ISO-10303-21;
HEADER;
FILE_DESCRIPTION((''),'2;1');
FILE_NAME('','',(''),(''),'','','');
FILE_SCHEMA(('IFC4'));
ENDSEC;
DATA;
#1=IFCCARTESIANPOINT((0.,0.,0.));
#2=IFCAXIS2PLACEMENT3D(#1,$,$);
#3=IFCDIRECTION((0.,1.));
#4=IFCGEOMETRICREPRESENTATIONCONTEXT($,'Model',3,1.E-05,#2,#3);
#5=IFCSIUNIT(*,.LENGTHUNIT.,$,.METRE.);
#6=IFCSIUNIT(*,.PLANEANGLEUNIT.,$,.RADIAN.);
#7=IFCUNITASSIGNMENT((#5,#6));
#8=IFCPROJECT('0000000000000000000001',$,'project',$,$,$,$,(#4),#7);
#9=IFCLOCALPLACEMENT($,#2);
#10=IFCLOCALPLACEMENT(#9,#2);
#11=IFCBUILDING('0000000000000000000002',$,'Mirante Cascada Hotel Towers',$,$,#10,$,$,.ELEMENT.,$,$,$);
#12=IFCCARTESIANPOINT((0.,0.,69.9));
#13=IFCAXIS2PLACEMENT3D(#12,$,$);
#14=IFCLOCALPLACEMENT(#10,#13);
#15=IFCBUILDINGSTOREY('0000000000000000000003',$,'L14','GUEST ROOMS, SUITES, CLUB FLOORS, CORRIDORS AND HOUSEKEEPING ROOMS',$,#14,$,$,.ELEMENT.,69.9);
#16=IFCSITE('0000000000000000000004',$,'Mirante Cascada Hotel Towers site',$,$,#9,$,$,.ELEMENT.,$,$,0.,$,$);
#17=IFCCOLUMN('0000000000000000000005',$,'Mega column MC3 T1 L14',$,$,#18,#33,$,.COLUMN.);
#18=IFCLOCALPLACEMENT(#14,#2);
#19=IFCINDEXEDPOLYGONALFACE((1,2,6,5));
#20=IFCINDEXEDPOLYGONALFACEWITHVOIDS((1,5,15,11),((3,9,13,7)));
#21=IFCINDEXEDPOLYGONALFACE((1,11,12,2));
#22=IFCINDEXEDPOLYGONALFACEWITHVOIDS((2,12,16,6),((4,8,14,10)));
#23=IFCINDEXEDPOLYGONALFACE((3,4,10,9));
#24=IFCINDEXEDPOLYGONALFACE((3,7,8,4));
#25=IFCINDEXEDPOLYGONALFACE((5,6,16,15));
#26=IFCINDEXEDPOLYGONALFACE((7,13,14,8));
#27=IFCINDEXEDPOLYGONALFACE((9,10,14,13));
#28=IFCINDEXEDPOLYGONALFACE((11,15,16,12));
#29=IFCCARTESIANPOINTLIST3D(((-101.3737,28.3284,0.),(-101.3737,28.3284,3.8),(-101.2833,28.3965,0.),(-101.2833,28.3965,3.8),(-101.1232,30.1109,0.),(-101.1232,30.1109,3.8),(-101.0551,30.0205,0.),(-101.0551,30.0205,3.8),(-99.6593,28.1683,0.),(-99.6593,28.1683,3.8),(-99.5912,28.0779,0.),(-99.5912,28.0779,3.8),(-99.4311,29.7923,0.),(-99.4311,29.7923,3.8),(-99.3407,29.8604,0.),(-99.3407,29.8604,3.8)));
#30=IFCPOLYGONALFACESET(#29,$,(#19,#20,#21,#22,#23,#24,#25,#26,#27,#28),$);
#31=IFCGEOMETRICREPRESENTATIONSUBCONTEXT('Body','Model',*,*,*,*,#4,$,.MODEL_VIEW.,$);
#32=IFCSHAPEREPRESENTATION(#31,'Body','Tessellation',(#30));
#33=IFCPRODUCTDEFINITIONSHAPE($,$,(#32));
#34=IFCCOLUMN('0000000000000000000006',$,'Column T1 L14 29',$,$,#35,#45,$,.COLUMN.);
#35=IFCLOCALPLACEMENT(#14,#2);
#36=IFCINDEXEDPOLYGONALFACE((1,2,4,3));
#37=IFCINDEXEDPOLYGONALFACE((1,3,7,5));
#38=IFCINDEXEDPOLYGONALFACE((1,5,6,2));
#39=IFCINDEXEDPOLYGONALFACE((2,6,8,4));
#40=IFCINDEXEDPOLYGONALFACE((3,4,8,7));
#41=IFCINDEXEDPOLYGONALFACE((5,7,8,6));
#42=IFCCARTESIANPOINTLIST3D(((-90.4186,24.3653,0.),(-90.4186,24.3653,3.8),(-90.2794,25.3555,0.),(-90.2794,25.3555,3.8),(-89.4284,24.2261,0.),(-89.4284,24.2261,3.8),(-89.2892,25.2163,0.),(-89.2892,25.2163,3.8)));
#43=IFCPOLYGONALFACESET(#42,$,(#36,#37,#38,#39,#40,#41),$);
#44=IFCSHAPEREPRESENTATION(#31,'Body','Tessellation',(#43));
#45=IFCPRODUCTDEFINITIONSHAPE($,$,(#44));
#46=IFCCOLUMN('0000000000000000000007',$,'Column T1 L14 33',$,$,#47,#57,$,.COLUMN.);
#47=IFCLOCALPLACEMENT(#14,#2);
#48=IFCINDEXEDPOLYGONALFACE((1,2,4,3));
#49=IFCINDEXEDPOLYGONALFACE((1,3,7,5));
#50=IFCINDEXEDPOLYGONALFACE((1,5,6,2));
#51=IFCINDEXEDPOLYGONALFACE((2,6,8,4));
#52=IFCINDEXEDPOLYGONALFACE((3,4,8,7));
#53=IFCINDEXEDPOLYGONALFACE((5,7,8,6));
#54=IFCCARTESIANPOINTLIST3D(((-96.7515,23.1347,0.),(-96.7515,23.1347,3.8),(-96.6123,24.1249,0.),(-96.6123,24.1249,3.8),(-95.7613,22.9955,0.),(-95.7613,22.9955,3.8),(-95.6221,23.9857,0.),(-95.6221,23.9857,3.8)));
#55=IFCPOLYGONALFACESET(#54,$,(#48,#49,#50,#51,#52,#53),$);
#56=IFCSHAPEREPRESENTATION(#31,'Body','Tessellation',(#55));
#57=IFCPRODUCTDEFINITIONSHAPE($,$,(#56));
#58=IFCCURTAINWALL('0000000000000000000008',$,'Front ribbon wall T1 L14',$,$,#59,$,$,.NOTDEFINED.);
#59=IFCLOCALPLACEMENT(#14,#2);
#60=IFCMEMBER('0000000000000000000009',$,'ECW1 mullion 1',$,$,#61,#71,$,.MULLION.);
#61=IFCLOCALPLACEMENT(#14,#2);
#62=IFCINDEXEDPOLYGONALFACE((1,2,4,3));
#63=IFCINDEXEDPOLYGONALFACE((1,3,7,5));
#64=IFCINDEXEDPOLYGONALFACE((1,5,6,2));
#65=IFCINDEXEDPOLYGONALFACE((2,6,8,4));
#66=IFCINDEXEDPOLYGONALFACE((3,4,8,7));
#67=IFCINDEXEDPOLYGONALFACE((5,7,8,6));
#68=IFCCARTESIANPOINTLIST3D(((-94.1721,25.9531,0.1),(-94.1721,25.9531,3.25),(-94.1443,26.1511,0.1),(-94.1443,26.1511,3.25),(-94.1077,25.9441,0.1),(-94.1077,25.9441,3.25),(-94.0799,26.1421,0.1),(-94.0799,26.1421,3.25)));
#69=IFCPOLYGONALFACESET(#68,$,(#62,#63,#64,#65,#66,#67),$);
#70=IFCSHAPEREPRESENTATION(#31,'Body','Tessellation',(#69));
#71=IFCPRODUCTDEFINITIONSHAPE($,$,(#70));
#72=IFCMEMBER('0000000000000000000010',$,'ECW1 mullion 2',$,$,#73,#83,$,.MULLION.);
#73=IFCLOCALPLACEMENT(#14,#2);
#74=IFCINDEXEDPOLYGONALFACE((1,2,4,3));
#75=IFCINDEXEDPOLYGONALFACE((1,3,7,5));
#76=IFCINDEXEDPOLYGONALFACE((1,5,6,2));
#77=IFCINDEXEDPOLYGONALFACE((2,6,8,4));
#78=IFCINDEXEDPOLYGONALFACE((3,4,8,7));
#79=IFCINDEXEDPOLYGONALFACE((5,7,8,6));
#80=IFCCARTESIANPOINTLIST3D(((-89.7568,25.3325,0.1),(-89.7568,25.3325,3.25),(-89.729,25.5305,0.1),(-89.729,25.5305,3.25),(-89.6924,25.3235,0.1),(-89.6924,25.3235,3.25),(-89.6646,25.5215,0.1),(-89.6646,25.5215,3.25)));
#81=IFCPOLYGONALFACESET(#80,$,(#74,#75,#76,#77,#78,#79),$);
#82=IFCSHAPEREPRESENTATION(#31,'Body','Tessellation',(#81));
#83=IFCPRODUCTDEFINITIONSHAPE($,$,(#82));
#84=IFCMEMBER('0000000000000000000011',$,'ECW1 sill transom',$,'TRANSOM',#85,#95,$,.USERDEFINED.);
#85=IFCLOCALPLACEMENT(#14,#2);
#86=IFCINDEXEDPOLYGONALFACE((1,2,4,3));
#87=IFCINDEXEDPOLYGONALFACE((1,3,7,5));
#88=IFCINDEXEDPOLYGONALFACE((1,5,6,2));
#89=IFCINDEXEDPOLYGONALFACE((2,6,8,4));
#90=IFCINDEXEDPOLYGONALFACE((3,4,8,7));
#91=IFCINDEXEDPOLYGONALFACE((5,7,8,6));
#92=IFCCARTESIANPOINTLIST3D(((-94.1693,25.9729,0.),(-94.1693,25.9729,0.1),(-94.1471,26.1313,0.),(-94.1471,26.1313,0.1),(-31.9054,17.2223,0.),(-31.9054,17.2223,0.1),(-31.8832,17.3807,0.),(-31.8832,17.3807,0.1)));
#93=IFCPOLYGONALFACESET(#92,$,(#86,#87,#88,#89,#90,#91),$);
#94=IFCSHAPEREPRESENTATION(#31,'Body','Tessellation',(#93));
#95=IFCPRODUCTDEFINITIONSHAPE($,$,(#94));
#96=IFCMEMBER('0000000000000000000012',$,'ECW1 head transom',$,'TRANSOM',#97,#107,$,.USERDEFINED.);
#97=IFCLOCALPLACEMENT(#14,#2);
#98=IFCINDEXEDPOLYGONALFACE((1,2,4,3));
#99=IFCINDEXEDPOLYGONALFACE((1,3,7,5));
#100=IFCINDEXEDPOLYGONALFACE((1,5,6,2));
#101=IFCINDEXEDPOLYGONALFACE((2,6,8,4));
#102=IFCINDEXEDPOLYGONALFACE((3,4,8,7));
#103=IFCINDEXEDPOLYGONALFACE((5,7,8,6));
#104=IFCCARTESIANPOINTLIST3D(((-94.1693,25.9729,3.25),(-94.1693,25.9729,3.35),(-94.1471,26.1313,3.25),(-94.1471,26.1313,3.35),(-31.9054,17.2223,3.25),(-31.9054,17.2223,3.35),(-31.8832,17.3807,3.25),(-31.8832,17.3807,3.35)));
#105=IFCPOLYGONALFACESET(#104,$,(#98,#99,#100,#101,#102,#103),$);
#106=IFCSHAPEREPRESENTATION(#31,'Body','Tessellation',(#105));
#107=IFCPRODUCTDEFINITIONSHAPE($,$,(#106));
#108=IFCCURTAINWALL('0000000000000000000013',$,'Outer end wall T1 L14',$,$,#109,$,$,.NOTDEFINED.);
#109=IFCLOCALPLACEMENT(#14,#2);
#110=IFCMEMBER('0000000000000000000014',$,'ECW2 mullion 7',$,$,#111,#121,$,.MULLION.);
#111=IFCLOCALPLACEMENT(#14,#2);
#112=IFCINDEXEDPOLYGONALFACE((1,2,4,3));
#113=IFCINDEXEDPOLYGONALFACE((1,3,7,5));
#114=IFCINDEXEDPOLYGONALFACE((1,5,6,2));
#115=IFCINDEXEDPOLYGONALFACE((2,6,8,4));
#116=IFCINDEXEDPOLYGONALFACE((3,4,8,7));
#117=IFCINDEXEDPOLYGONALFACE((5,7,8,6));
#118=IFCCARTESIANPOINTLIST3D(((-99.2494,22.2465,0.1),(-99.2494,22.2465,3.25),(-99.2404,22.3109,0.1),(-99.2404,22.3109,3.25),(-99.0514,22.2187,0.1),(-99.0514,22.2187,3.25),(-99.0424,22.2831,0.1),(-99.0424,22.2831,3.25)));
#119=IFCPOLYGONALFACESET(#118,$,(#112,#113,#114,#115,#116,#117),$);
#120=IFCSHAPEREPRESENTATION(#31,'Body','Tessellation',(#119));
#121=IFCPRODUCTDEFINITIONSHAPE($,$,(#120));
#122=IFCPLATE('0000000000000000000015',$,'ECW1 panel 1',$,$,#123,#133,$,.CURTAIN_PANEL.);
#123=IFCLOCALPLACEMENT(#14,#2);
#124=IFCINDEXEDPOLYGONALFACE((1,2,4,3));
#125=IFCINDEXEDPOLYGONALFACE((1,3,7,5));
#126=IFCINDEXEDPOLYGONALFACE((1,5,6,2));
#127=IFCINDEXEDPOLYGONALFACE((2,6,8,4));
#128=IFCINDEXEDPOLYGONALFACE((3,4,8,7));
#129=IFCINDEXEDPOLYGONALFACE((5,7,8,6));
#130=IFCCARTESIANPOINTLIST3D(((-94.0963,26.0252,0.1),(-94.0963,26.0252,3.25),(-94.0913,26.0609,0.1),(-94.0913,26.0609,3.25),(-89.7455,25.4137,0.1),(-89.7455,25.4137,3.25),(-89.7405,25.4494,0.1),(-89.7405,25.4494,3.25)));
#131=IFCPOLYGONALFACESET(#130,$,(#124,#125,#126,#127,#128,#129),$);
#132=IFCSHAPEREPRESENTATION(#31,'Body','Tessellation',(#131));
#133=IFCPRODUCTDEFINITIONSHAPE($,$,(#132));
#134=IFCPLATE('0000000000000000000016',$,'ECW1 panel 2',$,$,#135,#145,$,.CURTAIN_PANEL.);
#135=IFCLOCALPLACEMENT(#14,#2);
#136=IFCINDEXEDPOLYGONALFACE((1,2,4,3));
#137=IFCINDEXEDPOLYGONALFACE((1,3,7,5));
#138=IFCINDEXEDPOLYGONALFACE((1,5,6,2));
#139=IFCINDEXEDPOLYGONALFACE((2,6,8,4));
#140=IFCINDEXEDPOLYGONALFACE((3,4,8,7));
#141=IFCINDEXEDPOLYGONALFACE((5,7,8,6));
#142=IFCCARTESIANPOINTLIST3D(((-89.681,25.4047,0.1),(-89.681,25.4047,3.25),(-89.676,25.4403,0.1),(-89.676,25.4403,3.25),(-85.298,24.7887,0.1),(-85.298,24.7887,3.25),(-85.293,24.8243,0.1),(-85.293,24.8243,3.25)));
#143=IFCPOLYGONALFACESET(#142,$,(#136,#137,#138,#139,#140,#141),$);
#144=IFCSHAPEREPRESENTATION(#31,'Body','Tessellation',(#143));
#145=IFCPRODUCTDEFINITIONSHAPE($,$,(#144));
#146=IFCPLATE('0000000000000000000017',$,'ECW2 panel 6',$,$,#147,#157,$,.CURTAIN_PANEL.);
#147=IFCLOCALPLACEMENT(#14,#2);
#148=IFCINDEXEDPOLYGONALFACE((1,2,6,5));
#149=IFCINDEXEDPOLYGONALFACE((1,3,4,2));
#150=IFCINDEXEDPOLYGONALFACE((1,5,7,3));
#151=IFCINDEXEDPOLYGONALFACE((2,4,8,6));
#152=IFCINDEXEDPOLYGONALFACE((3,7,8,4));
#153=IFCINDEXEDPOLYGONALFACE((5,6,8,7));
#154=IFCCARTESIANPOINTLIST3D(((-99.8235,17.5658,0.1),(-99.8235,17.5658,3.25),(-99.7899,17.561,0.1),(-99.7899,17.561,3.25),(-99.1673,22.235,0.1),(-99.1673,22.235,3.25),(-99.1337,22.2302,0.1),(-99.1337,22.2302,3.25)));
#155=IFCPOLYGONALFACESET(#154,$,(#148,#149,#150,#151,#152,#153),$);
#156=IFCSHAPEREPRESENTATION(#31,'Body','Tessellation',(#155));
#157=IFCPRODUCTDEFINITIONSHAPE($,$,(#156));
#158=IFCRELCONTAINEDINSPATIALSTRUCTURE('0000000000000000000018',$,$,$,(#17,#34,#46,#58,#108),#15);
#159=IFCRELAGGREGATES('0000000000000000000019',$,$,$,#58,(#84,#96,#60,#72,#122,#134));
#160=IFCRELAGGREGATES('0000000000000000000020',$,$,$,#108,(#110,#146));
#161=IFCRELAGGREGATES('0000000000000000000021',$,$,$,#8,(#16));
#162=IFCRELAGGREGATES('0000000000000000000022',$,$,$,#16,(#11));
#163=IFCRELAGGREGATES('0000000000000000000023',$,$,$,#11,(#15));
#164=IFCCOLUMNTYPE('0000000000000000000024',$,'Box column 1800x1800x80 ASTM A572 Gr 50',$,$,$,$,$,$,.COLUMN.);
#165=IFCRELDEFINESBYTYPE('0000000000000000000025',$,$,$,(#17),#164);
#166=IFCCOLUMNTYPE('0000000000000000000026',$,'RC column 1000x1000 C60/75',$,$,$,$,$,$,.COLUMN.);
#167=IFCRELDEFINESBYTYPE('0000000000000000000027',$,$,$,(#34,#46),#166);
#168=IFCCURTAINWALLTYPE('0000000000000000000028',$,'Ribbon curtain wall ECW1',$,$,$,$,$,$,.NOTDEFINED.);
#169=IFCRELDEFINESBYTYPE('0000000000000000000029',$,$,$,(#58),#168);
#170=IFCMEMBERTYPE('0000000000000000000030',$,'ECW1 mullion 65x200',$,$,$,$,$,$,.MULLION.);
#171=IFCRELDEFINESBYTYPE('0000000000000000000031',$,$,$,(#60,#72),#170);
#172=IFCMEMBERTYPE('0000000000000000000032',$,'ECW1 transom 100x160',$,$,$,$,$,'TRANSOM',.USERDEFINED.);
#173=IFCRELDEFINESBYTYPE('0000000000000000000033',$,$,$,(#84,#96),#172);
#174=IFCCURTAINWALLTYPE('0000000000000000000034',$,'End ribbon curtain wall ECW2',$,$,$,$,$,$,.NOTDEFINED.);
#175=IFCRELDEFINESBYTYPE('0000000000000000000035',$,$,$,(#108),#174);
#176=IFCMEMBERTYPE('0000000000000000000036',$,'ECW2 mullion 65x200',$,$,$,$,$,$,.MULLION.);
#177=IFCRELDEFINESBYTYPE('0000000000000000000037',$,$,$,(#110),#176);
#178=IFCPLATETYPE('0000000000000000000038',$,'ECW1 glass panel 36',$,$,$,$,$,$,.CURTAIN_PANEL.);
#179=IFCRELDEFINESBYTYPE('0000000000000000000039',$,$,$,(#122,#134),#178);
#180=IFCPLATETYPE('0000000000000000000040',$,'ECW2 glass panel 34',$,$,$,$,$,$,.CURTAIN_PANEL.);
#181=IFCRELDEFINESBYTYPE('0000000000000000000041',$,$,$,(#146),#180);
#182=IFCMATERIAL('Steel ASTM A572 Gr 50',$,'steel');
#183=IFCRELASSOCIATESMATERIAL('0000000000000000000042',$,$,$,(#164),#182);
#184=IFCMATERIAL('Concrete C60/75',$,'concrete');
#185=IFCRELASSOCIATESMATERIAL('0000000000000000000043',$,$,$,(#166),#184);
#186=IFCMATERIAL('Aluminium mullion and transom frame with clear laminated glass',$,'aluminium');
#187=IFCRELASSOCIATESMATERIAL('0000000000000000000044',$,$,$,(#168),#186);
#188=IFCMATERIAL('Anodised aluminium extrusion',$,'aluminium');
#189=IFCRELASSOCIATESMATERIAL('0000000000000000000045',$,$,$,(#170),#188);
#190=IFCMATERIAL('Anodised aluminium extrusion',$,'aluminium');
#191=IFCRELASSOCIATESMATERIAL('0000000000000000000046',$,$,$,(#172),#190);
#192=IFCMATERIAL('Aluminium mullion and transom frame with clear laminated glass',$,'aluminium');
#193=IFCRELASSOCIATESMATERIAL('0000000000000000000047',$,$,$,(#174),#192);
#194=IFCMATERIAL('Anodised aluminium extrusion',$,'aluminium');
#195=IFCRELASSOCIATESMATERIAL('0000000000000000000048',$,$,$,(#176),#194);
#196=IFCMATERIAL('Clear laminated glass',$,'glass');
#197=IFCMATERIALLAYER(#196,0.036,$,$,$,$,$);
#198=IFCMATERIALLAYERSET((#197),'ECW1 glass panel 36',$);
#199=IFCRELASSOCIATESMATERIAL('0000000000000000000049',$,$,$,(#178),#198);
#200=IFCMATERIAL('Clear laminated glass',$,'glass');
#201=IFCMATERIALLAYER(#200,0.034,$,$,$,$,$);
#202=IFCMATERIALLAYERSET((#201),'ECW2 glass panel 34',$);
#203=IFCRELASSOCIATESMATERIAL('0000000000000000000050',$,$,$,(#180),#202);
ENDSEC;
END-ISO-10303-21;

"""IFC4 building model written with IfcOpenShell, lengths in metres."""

from ifc_helpers import new_model, si_unit, direction, frame, origin, origin_2d, place, context, subcontext, project, spatial, rectangle, hollow_rectangle, extrude, material, layer, layer_set, material_profile, profile_set, type_object, element, aggregate, save


model = new_model("IFC4")

# Units and contexts
model_context = context("Model", 3, precision=1e-05, world=origin(), true_north=direction((0.0, 1.0)))
body_context = subcontext(model_context, "Body", "Model", "MODEL_VIEW")
ifc_project = project(units=[si_unit("LENGTHUNIT", "METRE"), si_unit("PLANEANGLEUNIT", "RADIAN")], contexts=[model_context])

# Site, building, storey
site_placement = place(None, origin())
site = spatial("IfcSite", under=ifc_project, at=site_placement, Name="Mirante Cascada Hotel Towers site", CompositionType="ELEMENT", RefElevation=0.0)
building_placement = place(site_placement, origin())
building = spatial("IfcBuilding", under=site, at=building_placement, Name="Mirante Cascada Hotel Towers", CompositionType="ELEMENT")
storey_placement = place(building_placement, frame((0.0, 0.0, 69.9)))
storey = spatial("IfcBuildingStorey", under=building, at=storey_placement, Name="L14", Description="GUEST ROOMS, SUITES, CLUB FLOORS, CORRIDORS AND HOUSEKEEPING ROOMS", CompositionType="ELEMENT", Elevation=69.9)

# Columns
ifc_material_1 = material(Name="Steel ASTM A572 Gr 50", Category="steel")
ifc_material_profile_1 = material_profile(ifc_material_1, hollow_rectangle(XDim=1.8, YDim=1.8, WallThickness=0.08, at=origin_2d()), Name="Box column 1800x1800x80 ASTM A572 Gr 50")
ifc_profile_set_1 = profile_set([ifc_material_profile_1], Name="Steel ASTM A572 Gr 50")
column_type_1 = type_object("IfcColumnType", Name="Box column 1800x1800x80 ASTM A572 Gr 50", PredefinedType="COLUMN", material=ifc_profile_set_1)
column_placement = place(storey_placement, frame((-100.3572, 29.0944, 0.0), z_axis=(0.0, 0.0, 1.0), x_axis=(-0.990268, 0.139173, 0.0)))
element("IfcColumn", 1, at=column_placement, inside=storey, type_object=column_type_1, Name="Mega column MC3 T1 L14", PredefinedType="COLUMN", context=body_context, shape_type="SweptSolid", body=[
    extrude(hollow_rectangle(XDim=1.8, YDim=1.8, WallThickness=0.08, at=origin_2d()), origin(), (0.0, 0.0, 1.0), 3.8),
])
ifc_material_2 = material(Name="Concrete C60/75", Category="concrete")
ifc_material_profile_2 = material_profile(ifc_material_2, rectangle(XDim=1.0, YDim=1.0, at=origin_2d()), Name="RC column 1000x1000 C60/75")
ifc_profile_set_2 = profile_set([ifc_material_profile_2], Name="Concrete C60/75")
column_type_2 = type_object("IfcColumnType", Name="RC column 1000x1000 C60/75", PredefinedType="COLUMN", material=ifc_profile_set_2)
for number, where, z_axis, x_axis, name in (
    (2, (-89.8539, 24.7908, 0.0), (0.0, 0.0, 1.0), (-0.990268, 0.139173, 0.0), "Column T1 L14 29"),
    (3, (-96.1868, 23.5602, 0.0), (0.0, 0.0, 1.0), (-0.990268, 0.139173, 0.0), "Column T1 L14 33"),
):
    element("IfcColumn", number, at=place(storey_placement, frame(where, z_axis=z_axis, x_axis=x_axis)), inside=storey, type_object=column_type_2, Name=name, PredefinedType="COLUMN", context=body_context, shape_type="SweptSolid", body=[
        extrude(rectangle(XDim=1.0, YDim=1.0, at=origin_2d()), origin(), (0.0, 0.0, 1.0), 3.8),
    ])

# Curtain wall, members
ifc_material_3 = material(Name="Aluminium mullion and transom frame with clear laminated glass", Category="aluminium")
curtain_wall_type_1 = type_object("IfcCurtainWallType", Name="Ribbon curtain wall ECW1", PredefinedType="NOTDEFINED", material=ifc_material_3)
curtain_wall_1_placement = place(storey_placement, origin())
curtain_wall_1 = element("IfcCurtainWall", 4, at=curtain_wall_1_placement, inside=storey, type_object=curtain_wall_type_1, Name="Front ribbon wall T1 L14", PredefinedType="NOTDEFINED")
ifc_material_4 = material(Name="Anodised aluminium extrusion", Category="aluminium")
ifc_material_profile_3 = material_profile(ifc_material_4, rectangle(XDim=0.2, YDim=0.065, at=origin_2d()), Name="ECW1 MULLION 65x200")
ifc_profile_set_3 = profile_set([ifc_material_profile_3], Name="Anodised aluminium extrusion")
member_type_1 = type_object("IfcMemberType", Name="ECW1 mullion 65x200", PredefinedType="MULLION", material=ifc_profile_set_3)
member_1_placement = place(storey_placement, frame((-94.126, 26.0476, 0.1), z_axis=(0.0, 0.0, 1.0), x_axis=(0.139173, 0.990268, 0.0)))
member_1 = element("IfcMember", 5, at=member_1_placement, type_object=member_type_1, Name="ECW1 mullion 1", PredefinedType="MULLION", context=body_context, shape_type="SweptSolid", body=[
    extrude(rectangle(XDim=0.2, YDim=0.065, at=origin_2d()), origin(), (0.0, 0.0, 1.0), 3.15),
])
member_2_placement = place(storey_placement, frame((-89.7107, 25.427, 0.1), z_axis=(0.0, 0.0, 1.0), x_axis=(0.139173, 0.990268, 0.0)))
member_2 = element("IfcMember", 6, at=member_2_placement, type_object=member_type_1, Name="ECW1 mullion 2", PredefinedType="MULLION", context=body_context, shape_type="SweptSolid", body=[
    extrude(rectangle(XDim=0.2, YDim=0.065, at=origin_2d()), origin(), (0.0, 0.0, 1.0), 3.15),
])
ifc_material_5 = material(Name="Anodised aluminium extrusion", Category="aluminium")
ifc_material_profile_4 = material_profile(ifc_material_5, rectangle(XDim=0.16, YDim=0.1, at=origin_2d()), Name="ECW1 TRANSOM 100x160")
ifc_profile_set_4 = profile_set([ifc_material_profile_4], Name="Anodised aluminium extrusion")
member_type_2 = type_object("IfcMemberType", Name="ECW1 transom 100x160", ElementType="TRANSOM", PredefinedType="USERDEFINED", material=ifc_profile_set_4)
member_3_placement = place(storey_placement, frame((-94.1582, 26.0521, 0.05), z_axis=(0.990268, -0.139173, 0.0), x_axis=(0.139173, 0.990268, 0.0)))
member_3 = element("IfcMember", 7, at=member_3_placement, type_object=member_type_2, Name="ECW1 sill transom", ObjectType="TRANSOM", PredefinedType="USERDEFINED", context=body_context, shape_type="SweptSolid", body=[
    extrude(rectangle(XDim=0.16, YDim=0.1, at=origin_2d()), origin(), (0.0, 0.0, 1.0), 62.8758),
])
member_4_placement = place(storey_placement, frame((-94.1582, 26.0521, 3.3), z_axis=(0.990268, -0.139173, 0.0), x_axis=(0.139173, 0.990268, 0.0)))
member_4 = element("IfcMember", 8, at=member_4_placement, type_object=member_type_2, Name="ECW1 head transom", ObjectType="TRANSOM", PredefinedType="USERDEFINED", context=body_context, shape_type="SweptSolid", body=[
    extrude(rectangle(XDim=0.16, YDim=0.1, at=origin_2d()), origin(), (0.0, 0.0, 1.0), 62.8758),
])

# Curtain wall, member
ifc_material_6 = material(Name="Aluminium mullion and transom frame with clear laminated glass", Category="aluminium")
curtain_wall_type_2 = type_object("IfcCurtainWallType", Name="End ribbon curtain wall ECW2", PredefinedType="NOTDEFINED", material=ifc_material_6)
curtain_wall_2_placement = place(storey_placement, origin())
curtain_wall_2 = element("IfcCurtainWall", 9, at=curtain_wall_2_placement, inside=storey, type_object=curtain_wall_type_2, Name="Outer end wall T1 L14", PredefinedType="NOTDEFINED")
ifc_material_7 = material(Name="Anodised aluminium extrusion", Category="aluminium")
ifc_material_profile_5 = material_profile(ifc_material_7, rectangle(XDim=0.2, YDim=0.065, at=origin_2d()), Name="ECW2 MULLION 65x200")
ifc_profile_set_5 = profile_set([ifc_material_profile_5], Name="Anodised aluminium extrusion")
member_type_3 = type_object("IfcMemberType", Name="ECW2 mullion 65x200", PredefinedType="MULLION", material=ifc_profile_set_5)
member_5_placement = place(storey_placement, frame((-99.1459, 22.2648, 0.1), z_axis=(0.0, 0.0, 1.0), x_axis=(-0.990268, 0.139173, 0.0)))
member_5 = element("IfcMember", 10, at=member_5_placement, type_object=member_type_3, Name="ECW2 mullion 7", PredefinedType="MULLION", context=body_context, shape_type="SweptSolid", body=[
    extrude(rectangle(XDim=0.2, YDim=0.065, at=origin_2d()), origin(), (0.0, 0.0, 1.0), 3.15),
])

# Plates
ifc_material_8 = material(Name="Clear laminated glass", Category="glass")
ifc_layer_1 = layer(ifc_material_8, 0.036)
ifc_layer_set_1 = layer_set([ifc_layer_1], Name="ECW1 glass panel 36")
plate_type_1 = type_object("IfcPlateType", Name="ECW1 glass panel 36", PredefinedType="CURTAIN_PANEL", material=ifc_layer_set_1)
plate_1_placement = place(storey_placement, frame((-91.9184, 25.7373, 0.1), z_axis=(0.0, 0.0, 1.0), x_axis=(0.990268, -0.139173, 0.0)))
plate_1 = element("IfcPlate", 11, at=plate_1_placement, type_object=plate_type_1, Name="ECW1 panel 1", PredefinedType="CURTAIN_PANEL", context=body_context, shape_type="SweptSolid", body=[
    extrude(rectangle(XDim=4.3936, YDim=0.036, at=origin_2d()), origin(), (0.0, 0.0, 1.0), 3.15),
])
plate_2_placement = place(storey_placement, frame((-87.487, 25.1145, 0.1), z_axis=(0.0, 0.0, 1.0), x_axis=(0.990268, -0.139173, 0.0)))
plate_2 = element("IfcPlate", 12, at=plate_2_placement, type_object=plate_type_1, Name="ECW1 panel 2", PredefinedType="CURTAIN_PANEL", context=body_context, shape_type="SweptSolid", body=[
    extrude(rectangle(XDim=4.4261, YDim=0.036, at=origin_2d()), origin(), (0.0, 0.0, 1.0), 3.15),
])
aggregate(curtain_wall_1, [member_3, member_4, member_1, member_2, plate_1, plate_2])
ifc_material_9 = material(Name="Clear laminated glass", Category="glass")
ifc_layer_2 = layer(ifc_material_9, 0.034)
ifc_layer_set_2 = layer_set([ifc_layer_2], Name="ECW2 glass panel 34")
plate_type_2 = type_object("IfcPlateType", Name="ECW2 glass panel 34", PredefinedType="CURTAIN_PANEL", material=ifc_layer_set_2)
plate_3_placement = place(storey_placement, frame((-99.4786, 19.898, 0.1), z_axis=(0.0, 0.0, 1.0), x_axis=(0.139173, 0.990268, 0.0)))
plate_3 = element("IfcPlate", 13, at=plate_3_placement, type_object=plate_type_2, Name="ECW2 panel 6", PredefinedType="CURTAIN_PANEL", context=body_context, shape_type="SweptSolid", body=[
    extrude(rectangle(XDim=4.7151, YDim=0.034, at=origin_2d()), origin(), (0.0, 0.0, 1.0), 3.15),
])
aggregate(curtain_wall_2, [member_5, plate_3])

save(model, "model.ifc")
